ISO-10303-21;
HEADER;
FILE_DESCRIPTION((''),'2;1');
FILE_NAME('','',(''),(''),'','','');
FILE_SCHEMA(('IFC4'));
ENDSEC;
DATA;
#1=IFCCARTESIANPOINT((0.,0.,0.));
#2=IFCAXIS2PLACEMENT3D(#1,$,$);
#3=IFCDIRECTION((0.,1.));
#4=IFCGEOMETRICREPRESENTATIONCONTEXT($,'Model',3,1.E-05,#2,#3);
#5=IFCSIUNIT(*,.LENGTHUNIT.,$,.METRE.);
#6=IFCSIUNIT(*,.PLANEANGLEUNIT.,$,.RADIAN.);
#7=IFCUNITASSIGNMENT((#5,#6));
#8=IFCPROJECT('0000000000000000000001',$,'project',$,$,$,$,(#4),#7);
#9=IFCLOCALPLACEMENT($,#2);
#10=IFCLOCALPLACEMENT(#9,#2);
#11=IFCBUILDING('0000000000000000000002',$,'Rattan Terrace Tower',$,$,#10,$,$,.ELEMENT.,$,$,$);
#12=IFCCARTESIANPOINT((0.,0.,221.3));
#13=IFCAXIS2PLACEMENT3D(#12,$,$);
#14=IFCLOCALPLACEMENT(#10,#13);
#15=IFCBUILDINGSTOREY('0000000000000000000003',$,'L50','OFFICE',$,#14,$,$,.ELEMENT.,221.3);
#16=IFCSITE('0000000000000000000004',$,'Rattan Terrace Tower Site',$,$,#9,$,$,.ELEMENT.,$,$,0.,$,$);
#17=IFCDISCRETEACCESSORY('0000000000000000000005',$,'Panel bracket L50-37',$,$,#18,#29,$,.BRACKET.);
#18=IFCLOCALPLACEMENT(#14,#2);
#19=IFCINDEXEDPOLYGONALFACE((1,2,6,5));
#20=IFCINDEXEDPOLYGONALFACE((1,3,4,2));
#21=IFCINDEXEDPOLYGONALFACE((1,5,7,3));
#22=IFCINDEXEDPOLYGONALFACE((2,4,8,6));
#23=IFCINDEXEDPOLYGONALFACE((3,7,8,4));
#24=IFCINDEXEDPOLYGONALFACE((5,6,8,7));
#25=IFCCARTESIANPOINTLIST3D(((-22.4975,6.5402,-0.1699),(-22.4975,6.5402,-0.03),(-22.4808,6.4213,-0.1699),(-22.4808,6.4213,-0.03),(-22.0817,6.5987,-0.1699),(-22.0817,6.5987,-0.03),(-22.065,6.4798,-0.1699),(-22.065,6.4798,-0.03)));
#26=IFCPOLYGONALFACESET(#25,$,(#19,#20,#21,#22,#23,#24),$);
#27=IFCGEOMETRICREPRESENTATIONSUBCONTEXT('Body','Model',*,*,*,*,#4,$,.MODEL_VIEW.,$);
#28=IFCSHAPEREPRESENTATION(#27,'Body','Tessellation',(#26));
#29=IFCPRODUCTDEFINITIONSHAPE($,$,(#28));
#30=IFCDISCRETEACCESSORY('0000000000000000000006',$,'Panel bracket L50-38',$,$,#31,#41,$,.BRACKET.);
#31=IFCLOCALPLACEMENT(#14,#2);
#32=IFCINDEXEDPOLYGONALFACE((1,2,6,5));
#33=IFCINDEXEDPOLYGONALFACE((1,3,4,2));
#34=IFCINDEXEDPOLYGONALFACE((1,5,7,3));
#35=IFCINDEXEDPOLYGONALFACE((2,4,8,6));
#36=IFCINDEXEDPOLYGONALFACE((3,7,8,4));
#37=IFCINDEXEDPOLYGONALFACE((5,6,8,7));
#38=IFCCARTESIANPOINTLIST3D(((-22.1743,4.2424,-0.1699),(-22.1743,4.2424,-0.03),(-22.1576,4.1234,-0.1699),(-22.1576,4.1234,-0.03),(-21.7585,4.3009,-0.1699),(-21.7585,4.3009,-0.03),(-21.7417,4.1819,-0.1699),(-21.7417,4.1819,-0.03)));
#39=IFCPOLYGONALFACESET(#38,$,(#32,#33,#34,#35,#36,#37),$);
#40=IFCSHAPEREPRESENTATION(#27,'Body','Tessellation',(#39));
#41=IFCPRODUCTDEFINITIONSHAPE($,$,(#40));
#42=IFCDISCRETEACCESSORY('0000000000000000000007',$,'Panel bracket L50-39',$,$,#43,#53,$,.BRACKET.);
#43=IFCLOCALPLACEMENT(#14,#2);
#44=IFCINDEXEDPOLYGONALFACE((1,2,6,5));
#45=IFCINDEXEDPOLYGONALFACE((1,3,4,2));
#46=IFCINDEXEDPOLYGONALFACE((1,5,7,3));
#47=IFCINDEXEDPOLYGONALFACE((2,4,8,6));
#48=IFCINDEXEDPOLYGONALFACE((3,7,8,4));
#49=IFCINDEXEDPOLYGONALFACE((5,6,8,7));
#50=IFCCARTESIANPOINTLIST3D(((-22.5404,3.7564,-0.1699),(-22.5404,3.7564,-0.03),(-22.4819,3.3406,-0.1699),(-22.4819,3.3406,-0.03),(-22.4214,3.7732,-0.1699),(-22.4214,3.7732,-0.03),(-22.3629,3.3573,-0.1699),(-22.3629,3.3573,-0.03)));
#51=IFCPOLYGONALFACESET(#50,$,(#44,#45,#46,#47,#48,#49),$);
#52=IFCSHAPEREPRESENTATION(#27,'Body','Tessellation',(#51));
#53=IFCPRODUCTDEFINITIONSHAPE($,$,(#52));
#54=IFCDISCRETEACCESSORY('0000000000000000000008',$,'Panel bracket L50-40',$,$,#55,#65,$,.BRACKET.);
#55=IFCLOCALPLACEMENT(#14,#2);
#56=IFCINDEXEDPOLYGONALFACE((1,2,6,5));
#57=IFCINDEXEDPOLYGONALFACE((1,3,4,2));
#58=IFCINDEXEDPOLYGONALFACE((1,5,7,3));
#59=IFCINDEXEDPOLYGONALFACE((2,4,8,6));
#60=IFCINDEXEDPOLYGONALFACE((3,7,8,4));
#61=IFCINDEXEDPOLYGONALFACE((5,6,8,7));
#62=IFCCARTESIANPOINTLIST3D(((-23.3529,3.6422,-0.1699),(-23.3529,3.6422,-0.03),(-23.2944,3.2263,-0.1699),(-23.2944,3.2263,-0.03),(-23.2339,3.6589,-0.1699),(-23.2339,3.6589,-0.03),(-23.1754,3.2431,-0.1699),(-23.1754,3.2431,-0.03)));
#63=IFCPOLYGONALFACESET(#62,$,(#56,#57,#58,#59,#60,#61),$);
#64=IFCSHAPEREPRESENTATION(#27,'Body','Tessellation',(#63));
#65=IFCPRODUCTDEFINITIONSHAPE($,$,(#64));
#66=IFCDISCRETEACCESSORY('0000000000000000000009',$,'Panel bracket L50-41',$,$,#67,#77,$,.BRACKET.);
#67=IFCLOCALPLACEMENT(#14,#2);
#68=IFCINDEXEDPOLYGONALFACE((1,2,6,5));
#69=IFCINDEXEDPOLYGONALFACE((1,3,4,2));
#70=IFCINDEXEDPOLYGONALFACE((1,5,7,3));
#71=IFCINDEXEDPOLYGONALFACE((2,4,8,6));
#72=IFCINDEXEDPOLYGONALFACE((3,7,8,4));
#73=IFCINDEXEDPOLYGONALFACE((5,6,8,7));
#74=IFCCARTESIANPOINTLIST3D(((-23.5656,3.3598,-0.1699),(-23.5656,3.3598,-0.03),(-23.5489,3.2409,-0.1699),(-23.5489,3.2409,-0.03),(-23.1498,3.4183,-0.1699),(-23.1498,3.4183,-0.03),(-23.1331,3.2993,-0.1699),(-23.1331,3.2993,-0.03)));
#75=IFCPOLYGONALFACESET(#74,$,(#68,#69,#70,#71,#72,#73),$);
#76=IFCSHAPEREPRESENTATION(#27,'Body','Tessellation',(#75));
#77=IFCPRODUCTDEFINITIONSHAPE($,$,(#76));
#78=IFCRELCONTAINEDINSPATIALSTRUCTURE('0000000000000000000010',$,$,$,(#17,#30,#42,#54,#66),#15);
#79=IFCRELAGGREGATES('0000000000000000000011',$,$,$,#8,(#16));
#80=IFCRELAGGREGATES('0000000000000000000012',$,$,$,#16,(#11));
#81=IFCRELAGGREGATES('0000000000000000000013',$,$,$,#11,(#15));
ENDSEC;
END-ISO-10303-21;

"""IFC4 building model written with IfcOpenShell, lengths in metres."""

from ifc_helpers import new_model, si_unit, direction, frame, origin, origin_2d, place, context, subcontext, project, spatial, rectangle, extrude, element, save


model = new_model("IFC4")

# Units and contexts
model_context = context("Model", 3, precision=1e-05, world=origin(), true_north=direction((0.0, 1.0)))
body_context = subcontext(model_context, "Body", "Model", "MODEL_VIEW")
ifc_project = project(units=[si_unit("LENGTHUNIT", "METRE"), si_unit("PLANEANGLEUNIT", "RADIAN")], contexts=[model_context])

# Site, building, storey
site_placement = place(None, origin())
site = spatial("IfcSite", under=ifc_project, at=site_placement, Name="Rattan Terrace Tower Site", CompositionType="ELEMENT", RefElevation=0.0)
building_placement = place(site_placement, origin())
building = spatial("IfcBuilding", under=site, at=building_placement, Name="Rattan Terrace Tower", CompositionType="ELEMENT")
storey_placement = place(building_placement, frame((0.0, 0.0, 221.3)))
storey = spatial("IfcBuildingStorey", under=building, at=storey_placement, Name="L50", Description="OFFICE", CompositionType="ELEMENT", Elevation=221.3)

# Discrete accessories
for number, where, z_axis, x_axis, name in (
    (1, (-22.2812, 6.51, -0.1699), (0.0, 0.0, 1.0), (0.139321, -0.990247, 0.0), "Panel bracket L50-37"),
    (2, (-21.958, 4.2122, -0.1699), (0.0, 0.0, 1.0), (0.139321, -0.990247, 0.0), "Panel bracket L50-38"),
    (3, (-22.4517, 3.5569, -0.1699), (0.0, 0.0, 1.0), (-0.990254, -0.139275, 0.0), "Panel bracket L50-39"),
    (4, (-23.2642, 3.4426, -0.1699), (0.0, 0.0, 1.0), (-0.990254, -0.139275, 0.0), "Panel bracket L50-40"),
    (5, (-23.3494, 3.3296, -0.1699), (0.0, 0.0, 1.0), (0.139186, -0.990266, 0.0), "Panel bracket L50-41"),
):
    element("IfcDiscreteAccessory", number, at=place(storey_placement, frame(where, z_axis=z_axis, x_axis=x_axis)), inside=storey, Name=name, PredefinedType="BRACKET", context=body_context, shape_type="SweptSolid", body=[
        extrude(rectangle(XDim=0.1201, YDim=0.4199, at=origin_2d()), origin(), (0.0, 0.0, 1.0), 0.1399),
    ])

save(model, "model.ifc")
